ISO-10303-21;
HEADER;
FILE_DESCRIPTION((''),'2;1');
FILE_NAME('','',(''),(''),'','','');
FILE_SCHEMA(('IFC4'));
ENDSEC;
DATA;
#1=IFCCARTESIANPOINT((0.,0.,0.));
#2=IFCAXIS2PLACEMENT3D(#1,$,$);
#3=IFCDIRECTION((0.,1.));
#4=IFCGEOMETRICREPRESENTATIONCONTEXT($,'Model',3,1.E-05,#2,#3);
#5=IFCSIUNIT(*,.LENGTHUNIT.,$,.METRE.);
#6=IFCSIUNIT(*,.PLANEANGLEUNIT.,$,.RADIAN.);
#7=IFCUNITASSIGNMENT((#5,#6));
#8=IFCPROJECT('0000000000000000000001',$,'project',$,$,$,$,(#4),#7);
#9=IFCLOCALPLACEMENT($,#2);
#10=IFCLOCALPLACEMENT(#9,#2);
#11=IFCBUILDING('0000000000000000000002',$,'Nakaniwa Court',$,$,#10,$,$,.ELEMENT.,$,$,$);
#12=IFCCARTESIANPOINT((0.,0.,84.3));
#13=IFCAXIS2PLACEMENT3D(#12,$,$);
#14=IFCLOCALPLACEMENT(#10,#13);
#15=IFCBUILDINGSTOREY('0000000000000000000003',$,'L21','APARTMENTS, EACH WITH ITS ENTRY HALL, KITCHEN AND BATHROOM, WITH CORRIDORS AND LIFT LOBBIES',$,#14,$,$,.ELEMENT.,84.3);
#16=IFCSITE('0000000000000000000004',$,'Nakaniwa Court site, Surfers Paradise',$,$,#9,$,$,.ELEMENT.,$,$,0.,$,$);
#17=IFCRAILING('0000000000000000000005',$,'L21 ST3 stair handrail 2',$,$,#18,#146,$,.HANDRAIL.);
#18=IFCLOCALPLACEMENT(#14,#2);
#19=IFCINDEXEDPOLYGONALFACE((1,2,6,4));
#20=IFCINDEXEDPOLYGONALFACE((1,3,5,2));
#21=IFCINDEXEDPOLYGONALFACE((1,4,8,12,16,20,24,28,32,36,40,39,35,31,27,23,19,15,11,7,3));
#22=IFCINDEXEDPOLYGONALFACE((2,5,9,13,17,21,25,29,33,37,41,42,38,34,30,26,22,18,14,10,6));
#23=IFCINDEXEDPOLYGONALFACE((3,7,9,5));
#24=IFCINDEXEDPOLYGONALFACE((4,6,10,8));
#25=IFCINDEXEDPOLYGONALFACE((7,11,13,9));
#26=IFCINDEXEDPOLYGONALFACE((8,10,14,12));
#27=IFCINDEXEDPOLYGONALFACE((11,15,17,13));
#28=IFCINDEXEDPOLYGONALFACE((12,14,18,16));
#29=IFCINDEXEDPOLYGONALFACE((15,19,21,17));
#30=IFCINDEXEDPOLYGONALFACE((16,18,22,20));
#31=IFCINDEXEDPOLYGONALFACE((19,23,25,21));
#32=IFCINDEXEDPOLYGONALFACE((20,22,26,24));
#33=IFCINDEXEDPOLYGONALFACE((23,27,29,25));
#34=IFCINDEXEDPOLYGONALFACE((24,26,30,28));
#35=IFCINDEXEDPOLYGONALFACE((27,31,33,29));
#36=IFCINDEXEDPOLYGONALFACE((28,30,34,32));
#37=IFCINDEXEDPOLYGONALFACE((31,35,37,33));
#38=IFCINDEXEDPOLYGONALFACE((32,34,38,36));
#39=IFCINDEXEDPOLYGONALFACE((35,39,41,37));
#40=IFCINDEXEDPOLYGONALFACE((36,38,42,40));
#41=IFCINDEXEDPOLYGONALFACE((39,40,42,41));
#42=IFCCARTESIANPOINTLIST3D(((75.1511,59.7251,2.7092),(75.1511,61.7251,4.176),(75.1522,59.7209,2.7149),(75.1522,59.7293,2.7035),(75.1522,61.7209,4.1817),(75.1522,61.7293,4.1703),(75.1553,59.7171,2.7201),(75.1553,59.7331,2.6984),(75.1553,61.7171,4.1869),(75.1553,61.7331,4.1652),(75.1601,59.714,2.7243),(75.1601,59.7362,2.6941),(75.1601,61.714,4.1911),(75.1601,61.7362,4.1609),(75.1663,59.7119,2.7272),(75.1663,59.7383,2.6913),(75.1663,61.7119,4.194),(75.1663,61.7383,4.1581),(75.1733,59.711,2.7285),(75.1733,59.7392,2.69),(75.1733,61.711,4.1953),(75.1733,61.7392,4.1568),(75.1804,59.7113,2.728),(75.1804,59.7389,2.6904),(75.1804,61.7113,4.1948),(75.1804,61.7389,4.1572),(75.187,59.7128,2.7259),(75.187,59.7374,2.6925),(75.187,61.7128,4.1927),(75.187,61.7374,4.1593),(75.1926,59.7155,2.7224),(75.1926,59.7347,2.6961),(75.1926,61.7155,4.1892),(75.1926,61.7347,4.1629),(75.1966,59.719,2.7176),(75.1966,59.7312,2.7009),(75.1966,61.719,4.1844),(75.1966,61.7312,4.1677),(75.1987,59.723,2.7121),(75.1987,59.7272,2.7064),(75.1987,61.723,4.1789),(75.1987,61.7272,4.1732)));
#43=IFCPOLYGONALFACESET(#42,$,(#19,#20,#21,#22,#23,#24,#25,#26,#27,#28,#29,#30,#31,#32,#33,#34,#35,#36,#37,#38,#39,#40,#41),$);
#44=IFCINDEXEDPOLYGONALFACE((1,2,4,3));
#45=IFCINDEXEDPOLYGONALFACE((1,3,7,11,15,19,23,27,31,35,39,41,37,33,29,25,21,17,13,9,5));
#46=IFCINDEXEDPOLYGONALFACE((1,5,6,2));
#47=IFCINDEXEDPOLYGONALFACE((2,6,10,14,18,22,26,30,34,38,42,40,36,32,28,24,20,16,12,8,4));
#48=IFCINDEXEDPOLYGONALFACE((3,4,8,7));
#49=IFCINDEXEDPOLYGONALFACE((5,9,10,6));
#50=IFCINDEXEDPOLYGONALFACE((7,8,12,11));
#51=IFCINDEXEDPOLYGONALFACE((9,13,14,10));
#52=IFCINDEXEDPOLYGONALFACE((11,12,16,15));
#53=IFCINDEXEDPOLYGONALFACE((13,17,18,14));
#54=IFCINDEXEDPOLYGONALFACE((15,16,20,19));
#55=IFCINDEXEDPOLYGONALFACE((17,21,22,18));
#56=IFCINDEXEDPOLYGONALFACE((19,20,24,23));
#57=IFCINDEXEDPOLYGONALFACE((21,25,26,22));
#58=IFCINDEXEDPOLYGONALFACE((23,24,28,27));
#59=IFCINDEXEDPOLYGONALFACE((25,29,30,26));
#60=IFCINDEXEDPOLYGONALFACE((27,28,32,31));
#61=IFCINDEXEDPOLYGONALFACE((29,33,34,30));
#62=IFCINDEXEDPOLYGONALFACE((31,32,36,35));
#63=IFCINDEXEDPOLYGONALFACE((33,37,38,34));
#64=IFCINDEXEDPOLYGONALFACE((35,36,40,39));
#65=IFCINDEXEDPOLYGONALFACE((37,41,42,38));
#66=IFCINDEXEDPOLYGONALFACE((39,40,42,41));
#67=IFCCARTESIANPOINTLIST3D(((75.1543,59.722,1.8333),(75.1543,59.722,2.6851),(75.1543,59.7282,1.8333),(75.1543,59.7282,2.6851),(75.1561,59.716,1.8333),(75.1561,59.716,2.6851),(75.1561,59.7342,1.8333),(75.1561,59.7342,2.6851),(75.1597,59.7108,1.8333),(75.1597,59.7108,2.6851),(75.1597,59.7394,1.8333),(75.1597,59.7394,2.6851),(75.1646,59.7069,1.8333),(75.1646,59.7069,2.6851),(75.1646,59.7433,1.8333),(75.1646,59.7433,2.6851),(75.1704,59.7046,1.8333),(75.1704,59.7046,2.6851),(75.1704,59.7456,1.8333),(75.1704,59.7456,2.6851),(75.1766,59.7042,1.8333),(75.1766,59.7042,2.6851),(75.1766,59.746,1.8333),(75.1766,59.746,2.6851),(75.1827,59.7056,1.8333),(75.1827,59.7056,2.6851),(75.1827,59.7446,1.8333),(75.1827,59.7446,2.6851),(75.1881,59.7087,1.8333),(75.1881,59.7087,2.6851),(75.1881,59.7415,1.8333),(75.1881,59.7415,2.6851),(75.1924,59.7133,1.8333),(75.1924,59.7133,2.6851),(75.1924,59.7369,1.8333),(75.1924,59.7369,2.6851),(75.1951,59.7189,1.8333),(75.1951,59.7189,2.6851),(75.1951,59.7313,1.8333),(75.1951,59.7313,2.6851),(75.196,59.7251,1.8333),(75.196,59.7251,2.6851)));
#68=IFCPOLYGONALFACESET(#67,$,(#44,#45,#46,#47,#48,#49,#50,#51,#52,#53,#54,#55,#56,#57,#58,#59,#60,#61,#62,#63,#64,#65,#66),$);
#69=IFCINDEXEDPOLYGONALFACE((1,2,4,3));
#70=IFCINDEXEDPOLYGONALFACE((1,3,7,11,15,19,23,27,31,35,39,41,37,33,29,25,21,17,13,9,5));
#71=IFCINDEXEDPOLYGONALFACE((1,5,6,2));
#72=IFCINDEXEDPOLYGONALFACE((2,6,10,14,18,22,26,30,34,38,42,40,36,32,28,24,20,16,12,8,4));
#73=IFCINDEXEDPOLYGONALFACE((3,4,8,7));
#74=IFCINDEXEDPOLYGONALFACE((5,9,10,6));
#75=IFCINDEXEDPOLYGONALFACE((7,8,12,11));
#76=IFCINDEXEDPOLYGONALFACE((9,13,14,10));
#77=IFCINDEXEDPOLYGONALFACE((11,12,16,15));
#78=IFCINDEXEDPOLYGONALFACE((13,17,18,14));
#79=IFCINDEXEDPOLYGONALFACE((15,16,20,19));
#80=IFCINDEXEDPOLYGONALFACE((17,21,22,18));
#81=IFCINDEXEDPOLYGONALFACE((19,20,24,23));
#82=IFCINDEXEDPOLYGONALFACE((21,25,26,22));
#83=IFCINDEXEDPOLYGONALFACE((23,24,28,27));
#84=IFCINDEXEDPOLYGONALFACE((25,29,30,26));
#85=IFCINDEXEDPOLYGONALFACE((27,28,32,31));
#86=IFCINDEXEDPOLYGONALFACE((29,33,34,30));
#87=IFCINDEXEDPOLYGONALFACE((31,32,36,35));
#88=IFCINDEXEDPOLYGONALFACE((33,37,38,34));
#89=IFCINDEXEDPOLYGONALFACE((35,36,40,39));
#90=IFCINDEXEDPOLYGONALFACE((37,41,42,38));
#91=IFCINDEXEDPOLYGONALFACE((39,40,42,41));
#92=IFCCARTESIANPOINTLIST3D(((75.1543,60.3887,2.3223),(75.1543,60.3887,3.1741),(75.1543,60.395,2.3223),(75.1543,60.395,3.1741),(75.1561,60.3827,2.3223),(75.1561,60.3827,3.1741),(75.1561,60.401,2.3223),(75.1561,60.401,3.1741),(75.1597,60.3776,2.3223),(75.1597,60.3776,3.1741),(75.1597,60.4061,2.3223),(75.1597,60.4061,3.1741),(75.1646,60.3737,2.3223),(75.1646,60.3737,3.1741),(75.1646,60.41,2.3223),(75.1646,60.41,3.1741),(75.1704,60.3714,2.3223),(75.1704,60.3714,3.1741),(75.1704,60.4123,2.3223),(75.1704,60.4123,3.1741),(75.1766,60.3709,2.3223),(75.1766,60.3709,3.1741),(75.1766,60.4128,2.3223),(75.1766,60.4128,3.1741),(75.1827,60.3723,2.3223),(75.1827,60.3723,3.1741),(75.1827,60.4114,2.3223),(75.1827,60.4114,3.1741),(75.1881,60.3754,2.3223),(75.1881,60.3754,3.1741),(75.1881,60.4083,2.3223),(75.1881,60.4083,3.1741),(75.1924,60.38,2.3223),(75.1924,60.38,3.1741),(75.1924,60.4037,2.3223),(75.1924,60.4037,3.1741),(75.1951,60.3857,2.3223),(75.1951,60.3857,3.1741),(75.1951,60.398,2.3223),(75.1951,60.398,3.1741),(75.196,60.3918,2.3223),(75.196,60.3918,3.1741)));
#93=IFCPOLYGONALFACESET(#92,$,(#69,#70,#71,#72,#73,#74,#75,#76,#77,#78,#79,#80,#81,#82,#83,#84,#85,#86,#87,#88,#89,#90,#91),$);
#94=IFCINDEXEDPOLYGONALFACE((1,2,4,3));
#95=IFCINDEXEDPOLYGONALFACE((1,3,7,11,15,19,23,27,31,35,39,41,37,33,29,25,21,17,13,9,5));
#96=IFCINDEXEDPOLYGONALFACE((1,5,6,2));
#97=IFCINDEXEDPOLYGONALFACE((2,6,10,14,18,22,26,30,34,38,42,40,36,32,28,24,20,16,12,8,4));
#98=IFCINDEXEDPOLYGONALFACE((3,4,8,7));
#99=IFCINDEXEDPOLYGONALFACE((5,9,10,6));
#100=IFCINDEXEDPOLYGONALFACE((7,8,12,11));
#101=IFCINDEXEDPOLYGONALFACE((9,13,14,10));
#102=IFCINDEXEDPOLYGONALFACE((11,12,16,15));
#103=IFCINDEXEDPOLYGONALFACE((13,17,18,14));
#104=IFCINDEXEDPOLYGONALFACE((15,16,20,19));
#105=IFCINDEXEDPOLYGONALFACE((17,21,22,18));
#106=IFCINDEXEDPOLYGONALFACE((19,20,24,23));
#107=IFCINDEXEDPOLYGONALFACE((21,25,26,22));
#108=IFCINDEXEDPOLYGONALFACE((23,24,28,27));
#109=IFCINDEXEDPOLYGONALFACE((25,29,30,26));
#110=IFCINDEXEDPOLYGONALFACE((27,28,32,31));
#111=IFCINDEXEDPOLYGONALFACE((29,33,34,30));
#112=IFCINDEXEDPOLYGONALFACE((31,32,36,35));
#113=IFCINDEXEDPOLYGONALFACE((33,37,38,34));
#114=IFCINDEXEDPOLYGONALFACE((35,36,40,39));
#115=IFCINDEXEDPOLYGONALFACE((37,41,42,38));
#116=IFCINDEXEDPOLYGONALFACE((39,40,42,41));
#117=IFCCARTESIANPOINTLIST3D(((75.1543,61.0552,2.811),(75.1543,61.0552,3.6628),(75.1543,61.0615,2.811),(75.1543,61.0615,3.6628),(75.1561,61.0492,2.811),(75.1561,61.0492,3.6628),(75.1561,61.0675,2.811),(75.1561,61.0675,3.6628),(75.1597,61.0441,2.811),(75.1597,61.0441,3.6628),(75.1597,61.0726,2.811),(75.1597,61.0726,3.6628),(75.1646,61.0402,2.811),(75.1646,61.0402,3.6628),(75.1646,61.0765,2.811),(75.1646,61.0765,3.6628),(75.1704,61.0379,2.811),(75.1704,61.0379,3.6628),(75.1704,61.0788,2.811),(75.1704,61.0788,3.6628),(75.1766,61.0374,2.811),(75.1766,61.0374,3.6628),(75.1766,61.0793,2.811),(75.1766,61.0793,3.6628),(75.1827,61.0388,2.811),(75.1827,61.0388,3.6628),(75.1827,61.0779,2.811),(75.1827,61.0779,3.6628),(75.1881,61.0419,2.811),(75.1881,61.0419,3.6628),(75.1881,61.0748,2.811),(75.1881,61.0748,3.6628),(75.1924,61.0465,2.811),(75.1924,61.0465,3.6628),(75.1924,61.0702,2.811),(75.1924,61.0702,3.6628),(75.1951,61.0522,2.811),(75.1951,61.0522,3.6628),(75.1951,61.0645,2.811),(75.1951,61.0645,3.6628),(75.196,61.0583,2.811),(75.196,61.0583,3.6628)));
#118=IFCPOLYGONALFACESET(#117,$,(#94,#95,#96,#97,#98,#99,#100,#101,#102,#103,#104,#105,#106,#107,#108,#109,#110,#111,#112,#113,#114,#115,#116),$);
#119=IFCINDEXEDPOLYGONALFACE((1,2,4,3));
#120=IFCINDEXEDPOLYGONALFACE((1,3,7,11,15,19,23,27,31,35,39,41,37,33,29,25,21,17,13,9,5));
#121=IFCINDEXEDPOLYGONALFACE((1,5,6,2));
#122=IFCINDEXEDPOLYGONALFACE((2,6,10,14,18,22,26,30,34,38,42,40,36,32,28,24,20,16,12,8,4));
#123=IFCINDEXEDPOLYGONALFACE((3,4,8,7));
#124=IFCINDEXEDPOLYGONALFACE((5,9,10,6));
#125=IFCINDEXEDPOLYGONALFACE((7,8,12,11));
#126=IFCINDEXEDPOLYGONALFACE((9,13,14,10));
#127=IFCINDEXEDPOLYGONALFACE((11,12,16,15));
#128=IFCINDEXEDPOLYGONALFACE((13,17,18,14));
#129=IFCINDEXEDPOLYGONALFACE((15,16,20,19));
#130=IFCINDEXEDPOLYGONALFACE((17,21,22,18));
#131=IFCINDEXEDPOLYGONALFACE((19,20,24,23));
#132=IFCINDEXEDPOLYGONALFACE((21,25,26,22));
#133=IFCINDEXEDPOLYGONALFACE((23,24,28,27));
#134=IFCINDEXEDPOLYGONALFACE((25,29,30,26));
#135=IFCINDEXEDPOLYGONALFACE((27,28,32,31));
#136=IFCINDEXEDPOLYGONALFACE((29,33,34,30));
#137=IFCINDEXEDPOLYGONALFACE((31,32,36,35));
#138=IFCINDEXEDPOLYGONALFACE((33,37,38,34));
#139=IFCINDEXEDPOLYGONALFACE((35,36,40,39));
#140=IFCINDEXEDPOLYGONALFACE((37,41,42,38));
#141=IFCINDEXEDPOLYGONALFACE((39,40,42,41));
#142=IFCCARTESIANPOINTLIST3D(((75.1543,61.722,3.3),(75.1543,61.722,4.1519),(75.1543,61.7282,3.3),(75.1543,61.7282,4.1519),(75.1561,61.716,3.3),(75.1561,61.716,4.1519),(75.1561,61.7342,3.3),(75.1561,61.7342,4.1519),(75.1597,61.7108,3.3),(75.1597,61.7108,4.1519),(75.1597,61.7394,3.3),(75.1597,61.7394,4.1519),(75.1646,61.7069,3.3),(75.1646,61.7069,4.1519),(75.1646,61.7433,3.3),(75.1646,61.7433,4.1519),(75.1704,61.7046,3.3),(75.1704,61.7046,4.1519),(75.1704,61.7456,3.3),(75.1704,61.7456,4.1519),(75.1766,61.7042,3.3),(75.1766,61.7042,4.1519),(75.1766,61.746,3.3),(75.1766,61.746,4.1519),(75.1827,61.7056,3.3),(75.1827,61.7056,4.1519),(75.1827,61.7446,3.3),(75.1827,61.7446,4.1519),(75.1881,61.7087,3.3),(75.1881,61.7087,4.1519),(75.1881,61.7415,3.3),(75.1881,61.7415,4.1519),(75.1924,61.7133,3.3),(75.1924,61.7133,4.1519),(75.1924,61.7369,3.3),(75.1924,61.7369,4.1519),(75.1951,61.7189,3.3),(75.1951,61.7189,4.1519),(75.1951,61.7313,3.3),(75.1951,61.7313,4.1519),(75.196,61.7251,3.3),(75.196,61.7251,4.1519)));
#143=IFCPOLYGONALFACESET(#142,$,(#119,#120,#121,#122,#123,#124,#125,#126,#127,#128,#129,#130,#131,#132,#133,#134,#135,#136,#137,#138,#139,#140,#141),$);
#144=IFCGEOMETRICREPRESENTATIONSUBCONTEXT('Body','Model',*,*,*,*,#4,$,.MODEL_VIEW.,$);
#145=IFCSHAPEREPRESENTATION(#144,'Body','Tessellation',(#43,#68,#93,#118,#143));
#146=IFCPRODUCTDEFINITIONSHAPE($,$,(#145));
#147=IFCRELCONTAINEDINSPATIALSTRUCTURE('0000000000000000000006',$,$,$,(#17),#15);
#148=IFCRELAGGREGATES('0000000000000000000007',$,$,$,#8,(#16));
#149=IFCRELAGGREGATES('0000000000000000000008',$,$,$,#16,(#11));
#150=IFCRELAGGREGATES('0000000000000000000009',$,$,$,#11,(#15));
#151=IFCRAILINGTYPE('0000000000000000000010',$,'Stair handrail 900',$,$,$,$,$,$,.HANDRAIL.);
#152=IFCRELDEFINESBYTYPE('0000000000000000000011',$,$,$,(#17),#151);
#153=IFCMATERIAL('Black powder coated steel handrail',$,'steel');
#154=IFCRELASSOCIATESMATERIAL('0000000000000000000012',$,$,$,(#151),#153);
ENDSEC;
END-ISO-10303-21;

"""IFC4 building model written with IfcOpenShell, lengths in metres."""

from ifc_helpers import new_model, si_unit, direction, frame, origin, origin_2d, place, context, subcontext, project, spatial, circle, extrude, material, type_object, element, save


model = new_model("IFC4")

# Units and contexts
model_context = context("Model", 3, precision=1e-05, world=origin(), true_north=direction((0.0, 1.0)))
body_context = subcontext(model_context, "Body", "Model", "MODEL_VIEW")
ifc_project = project(units=[si_unit("LENGTHUNIT", "METRE"), si_unit("PLANEANGLEUNIT", "RADIAN")], contexts=[model_context])

# Site, building, storey
site_placement = place(None, origin())
site = spatial("IfcSite", under=ifc_project, at=site_placement, Name="Nakaniwa Court site, Surfers Paradise", CompositionType="ELEMENT", RefElevation=0.0)
building_placement = place(site_placement, origin())
building = spatial("IfcBuilding", under=site, at=building_placement, Name="Nakaniwa Court", CompositionType="ELEMENT")
storey_placement = place(building_placement, frame((0.0, 0.0, 84.3)))
storey = spatial("IfcBuildingStorey", under=building, at=storey_placement, Name="L21", Description="APARTMENTS, EACH WITH ITS ENTRY HALL, KITCHEN AND BATHROOM, WITH CORRIDORS AND LIFT LOBBIES", CompositionType="ELEMENT", Elevation=84.3)

# Railing
ifc_material_1 = material(Name="Black powder coated steel handrail", Category="steel")
railing_type_1 = type_object("IfcRailingType", Name="Stair handrail 900", PredefinedType="HANDRAIL", material=ifc_material_1)
railing_1_placement = place(storey_placement, frame((75.175, 59.7251, 1.8333)))
element("IfcRailing", 1, at=railing_1_placement, inside=storey, type_object=railing_type_1, Name="L21 ST3 stair handrail 2", PredefinedType="HANDRAIL", context=body_context, shape_type="SweptSolid", body=[
    extrude(circle(Radius=0.0239, at=origin_2d()), frame((0.0, 0.0, 0.876), z_axis=(0.0, 0.80638, 0.591398), x_axis=(-1.0, 0.0, 0.0)), (0.0, 0.0, 1.0), 2.4802),
    extrude(circle(Radius=0.021, at=origin_2d()), origin(), (0.0, 0.0, 1.0), 0.8518),
    extrude(circle(Radius=0.021, at=origin_2d()), frame((0.0, 0.6667, 0.489)), (0.0, 0.0, 1.0), 0.8518),
    extrude(circle(Radius=0.021, at=origin_2d()), frame((0.0, 1.3333, 0.9778)), (0.0, 0.0, 1.0), 0.8518),
    extrude(circle(Radius=0.021, at=origin_2d()), frame((0.0, 2.0, 1.4668)), (0.0, 0.0, 1.0), 0.8518),
])

save(model, "model.ifc")
